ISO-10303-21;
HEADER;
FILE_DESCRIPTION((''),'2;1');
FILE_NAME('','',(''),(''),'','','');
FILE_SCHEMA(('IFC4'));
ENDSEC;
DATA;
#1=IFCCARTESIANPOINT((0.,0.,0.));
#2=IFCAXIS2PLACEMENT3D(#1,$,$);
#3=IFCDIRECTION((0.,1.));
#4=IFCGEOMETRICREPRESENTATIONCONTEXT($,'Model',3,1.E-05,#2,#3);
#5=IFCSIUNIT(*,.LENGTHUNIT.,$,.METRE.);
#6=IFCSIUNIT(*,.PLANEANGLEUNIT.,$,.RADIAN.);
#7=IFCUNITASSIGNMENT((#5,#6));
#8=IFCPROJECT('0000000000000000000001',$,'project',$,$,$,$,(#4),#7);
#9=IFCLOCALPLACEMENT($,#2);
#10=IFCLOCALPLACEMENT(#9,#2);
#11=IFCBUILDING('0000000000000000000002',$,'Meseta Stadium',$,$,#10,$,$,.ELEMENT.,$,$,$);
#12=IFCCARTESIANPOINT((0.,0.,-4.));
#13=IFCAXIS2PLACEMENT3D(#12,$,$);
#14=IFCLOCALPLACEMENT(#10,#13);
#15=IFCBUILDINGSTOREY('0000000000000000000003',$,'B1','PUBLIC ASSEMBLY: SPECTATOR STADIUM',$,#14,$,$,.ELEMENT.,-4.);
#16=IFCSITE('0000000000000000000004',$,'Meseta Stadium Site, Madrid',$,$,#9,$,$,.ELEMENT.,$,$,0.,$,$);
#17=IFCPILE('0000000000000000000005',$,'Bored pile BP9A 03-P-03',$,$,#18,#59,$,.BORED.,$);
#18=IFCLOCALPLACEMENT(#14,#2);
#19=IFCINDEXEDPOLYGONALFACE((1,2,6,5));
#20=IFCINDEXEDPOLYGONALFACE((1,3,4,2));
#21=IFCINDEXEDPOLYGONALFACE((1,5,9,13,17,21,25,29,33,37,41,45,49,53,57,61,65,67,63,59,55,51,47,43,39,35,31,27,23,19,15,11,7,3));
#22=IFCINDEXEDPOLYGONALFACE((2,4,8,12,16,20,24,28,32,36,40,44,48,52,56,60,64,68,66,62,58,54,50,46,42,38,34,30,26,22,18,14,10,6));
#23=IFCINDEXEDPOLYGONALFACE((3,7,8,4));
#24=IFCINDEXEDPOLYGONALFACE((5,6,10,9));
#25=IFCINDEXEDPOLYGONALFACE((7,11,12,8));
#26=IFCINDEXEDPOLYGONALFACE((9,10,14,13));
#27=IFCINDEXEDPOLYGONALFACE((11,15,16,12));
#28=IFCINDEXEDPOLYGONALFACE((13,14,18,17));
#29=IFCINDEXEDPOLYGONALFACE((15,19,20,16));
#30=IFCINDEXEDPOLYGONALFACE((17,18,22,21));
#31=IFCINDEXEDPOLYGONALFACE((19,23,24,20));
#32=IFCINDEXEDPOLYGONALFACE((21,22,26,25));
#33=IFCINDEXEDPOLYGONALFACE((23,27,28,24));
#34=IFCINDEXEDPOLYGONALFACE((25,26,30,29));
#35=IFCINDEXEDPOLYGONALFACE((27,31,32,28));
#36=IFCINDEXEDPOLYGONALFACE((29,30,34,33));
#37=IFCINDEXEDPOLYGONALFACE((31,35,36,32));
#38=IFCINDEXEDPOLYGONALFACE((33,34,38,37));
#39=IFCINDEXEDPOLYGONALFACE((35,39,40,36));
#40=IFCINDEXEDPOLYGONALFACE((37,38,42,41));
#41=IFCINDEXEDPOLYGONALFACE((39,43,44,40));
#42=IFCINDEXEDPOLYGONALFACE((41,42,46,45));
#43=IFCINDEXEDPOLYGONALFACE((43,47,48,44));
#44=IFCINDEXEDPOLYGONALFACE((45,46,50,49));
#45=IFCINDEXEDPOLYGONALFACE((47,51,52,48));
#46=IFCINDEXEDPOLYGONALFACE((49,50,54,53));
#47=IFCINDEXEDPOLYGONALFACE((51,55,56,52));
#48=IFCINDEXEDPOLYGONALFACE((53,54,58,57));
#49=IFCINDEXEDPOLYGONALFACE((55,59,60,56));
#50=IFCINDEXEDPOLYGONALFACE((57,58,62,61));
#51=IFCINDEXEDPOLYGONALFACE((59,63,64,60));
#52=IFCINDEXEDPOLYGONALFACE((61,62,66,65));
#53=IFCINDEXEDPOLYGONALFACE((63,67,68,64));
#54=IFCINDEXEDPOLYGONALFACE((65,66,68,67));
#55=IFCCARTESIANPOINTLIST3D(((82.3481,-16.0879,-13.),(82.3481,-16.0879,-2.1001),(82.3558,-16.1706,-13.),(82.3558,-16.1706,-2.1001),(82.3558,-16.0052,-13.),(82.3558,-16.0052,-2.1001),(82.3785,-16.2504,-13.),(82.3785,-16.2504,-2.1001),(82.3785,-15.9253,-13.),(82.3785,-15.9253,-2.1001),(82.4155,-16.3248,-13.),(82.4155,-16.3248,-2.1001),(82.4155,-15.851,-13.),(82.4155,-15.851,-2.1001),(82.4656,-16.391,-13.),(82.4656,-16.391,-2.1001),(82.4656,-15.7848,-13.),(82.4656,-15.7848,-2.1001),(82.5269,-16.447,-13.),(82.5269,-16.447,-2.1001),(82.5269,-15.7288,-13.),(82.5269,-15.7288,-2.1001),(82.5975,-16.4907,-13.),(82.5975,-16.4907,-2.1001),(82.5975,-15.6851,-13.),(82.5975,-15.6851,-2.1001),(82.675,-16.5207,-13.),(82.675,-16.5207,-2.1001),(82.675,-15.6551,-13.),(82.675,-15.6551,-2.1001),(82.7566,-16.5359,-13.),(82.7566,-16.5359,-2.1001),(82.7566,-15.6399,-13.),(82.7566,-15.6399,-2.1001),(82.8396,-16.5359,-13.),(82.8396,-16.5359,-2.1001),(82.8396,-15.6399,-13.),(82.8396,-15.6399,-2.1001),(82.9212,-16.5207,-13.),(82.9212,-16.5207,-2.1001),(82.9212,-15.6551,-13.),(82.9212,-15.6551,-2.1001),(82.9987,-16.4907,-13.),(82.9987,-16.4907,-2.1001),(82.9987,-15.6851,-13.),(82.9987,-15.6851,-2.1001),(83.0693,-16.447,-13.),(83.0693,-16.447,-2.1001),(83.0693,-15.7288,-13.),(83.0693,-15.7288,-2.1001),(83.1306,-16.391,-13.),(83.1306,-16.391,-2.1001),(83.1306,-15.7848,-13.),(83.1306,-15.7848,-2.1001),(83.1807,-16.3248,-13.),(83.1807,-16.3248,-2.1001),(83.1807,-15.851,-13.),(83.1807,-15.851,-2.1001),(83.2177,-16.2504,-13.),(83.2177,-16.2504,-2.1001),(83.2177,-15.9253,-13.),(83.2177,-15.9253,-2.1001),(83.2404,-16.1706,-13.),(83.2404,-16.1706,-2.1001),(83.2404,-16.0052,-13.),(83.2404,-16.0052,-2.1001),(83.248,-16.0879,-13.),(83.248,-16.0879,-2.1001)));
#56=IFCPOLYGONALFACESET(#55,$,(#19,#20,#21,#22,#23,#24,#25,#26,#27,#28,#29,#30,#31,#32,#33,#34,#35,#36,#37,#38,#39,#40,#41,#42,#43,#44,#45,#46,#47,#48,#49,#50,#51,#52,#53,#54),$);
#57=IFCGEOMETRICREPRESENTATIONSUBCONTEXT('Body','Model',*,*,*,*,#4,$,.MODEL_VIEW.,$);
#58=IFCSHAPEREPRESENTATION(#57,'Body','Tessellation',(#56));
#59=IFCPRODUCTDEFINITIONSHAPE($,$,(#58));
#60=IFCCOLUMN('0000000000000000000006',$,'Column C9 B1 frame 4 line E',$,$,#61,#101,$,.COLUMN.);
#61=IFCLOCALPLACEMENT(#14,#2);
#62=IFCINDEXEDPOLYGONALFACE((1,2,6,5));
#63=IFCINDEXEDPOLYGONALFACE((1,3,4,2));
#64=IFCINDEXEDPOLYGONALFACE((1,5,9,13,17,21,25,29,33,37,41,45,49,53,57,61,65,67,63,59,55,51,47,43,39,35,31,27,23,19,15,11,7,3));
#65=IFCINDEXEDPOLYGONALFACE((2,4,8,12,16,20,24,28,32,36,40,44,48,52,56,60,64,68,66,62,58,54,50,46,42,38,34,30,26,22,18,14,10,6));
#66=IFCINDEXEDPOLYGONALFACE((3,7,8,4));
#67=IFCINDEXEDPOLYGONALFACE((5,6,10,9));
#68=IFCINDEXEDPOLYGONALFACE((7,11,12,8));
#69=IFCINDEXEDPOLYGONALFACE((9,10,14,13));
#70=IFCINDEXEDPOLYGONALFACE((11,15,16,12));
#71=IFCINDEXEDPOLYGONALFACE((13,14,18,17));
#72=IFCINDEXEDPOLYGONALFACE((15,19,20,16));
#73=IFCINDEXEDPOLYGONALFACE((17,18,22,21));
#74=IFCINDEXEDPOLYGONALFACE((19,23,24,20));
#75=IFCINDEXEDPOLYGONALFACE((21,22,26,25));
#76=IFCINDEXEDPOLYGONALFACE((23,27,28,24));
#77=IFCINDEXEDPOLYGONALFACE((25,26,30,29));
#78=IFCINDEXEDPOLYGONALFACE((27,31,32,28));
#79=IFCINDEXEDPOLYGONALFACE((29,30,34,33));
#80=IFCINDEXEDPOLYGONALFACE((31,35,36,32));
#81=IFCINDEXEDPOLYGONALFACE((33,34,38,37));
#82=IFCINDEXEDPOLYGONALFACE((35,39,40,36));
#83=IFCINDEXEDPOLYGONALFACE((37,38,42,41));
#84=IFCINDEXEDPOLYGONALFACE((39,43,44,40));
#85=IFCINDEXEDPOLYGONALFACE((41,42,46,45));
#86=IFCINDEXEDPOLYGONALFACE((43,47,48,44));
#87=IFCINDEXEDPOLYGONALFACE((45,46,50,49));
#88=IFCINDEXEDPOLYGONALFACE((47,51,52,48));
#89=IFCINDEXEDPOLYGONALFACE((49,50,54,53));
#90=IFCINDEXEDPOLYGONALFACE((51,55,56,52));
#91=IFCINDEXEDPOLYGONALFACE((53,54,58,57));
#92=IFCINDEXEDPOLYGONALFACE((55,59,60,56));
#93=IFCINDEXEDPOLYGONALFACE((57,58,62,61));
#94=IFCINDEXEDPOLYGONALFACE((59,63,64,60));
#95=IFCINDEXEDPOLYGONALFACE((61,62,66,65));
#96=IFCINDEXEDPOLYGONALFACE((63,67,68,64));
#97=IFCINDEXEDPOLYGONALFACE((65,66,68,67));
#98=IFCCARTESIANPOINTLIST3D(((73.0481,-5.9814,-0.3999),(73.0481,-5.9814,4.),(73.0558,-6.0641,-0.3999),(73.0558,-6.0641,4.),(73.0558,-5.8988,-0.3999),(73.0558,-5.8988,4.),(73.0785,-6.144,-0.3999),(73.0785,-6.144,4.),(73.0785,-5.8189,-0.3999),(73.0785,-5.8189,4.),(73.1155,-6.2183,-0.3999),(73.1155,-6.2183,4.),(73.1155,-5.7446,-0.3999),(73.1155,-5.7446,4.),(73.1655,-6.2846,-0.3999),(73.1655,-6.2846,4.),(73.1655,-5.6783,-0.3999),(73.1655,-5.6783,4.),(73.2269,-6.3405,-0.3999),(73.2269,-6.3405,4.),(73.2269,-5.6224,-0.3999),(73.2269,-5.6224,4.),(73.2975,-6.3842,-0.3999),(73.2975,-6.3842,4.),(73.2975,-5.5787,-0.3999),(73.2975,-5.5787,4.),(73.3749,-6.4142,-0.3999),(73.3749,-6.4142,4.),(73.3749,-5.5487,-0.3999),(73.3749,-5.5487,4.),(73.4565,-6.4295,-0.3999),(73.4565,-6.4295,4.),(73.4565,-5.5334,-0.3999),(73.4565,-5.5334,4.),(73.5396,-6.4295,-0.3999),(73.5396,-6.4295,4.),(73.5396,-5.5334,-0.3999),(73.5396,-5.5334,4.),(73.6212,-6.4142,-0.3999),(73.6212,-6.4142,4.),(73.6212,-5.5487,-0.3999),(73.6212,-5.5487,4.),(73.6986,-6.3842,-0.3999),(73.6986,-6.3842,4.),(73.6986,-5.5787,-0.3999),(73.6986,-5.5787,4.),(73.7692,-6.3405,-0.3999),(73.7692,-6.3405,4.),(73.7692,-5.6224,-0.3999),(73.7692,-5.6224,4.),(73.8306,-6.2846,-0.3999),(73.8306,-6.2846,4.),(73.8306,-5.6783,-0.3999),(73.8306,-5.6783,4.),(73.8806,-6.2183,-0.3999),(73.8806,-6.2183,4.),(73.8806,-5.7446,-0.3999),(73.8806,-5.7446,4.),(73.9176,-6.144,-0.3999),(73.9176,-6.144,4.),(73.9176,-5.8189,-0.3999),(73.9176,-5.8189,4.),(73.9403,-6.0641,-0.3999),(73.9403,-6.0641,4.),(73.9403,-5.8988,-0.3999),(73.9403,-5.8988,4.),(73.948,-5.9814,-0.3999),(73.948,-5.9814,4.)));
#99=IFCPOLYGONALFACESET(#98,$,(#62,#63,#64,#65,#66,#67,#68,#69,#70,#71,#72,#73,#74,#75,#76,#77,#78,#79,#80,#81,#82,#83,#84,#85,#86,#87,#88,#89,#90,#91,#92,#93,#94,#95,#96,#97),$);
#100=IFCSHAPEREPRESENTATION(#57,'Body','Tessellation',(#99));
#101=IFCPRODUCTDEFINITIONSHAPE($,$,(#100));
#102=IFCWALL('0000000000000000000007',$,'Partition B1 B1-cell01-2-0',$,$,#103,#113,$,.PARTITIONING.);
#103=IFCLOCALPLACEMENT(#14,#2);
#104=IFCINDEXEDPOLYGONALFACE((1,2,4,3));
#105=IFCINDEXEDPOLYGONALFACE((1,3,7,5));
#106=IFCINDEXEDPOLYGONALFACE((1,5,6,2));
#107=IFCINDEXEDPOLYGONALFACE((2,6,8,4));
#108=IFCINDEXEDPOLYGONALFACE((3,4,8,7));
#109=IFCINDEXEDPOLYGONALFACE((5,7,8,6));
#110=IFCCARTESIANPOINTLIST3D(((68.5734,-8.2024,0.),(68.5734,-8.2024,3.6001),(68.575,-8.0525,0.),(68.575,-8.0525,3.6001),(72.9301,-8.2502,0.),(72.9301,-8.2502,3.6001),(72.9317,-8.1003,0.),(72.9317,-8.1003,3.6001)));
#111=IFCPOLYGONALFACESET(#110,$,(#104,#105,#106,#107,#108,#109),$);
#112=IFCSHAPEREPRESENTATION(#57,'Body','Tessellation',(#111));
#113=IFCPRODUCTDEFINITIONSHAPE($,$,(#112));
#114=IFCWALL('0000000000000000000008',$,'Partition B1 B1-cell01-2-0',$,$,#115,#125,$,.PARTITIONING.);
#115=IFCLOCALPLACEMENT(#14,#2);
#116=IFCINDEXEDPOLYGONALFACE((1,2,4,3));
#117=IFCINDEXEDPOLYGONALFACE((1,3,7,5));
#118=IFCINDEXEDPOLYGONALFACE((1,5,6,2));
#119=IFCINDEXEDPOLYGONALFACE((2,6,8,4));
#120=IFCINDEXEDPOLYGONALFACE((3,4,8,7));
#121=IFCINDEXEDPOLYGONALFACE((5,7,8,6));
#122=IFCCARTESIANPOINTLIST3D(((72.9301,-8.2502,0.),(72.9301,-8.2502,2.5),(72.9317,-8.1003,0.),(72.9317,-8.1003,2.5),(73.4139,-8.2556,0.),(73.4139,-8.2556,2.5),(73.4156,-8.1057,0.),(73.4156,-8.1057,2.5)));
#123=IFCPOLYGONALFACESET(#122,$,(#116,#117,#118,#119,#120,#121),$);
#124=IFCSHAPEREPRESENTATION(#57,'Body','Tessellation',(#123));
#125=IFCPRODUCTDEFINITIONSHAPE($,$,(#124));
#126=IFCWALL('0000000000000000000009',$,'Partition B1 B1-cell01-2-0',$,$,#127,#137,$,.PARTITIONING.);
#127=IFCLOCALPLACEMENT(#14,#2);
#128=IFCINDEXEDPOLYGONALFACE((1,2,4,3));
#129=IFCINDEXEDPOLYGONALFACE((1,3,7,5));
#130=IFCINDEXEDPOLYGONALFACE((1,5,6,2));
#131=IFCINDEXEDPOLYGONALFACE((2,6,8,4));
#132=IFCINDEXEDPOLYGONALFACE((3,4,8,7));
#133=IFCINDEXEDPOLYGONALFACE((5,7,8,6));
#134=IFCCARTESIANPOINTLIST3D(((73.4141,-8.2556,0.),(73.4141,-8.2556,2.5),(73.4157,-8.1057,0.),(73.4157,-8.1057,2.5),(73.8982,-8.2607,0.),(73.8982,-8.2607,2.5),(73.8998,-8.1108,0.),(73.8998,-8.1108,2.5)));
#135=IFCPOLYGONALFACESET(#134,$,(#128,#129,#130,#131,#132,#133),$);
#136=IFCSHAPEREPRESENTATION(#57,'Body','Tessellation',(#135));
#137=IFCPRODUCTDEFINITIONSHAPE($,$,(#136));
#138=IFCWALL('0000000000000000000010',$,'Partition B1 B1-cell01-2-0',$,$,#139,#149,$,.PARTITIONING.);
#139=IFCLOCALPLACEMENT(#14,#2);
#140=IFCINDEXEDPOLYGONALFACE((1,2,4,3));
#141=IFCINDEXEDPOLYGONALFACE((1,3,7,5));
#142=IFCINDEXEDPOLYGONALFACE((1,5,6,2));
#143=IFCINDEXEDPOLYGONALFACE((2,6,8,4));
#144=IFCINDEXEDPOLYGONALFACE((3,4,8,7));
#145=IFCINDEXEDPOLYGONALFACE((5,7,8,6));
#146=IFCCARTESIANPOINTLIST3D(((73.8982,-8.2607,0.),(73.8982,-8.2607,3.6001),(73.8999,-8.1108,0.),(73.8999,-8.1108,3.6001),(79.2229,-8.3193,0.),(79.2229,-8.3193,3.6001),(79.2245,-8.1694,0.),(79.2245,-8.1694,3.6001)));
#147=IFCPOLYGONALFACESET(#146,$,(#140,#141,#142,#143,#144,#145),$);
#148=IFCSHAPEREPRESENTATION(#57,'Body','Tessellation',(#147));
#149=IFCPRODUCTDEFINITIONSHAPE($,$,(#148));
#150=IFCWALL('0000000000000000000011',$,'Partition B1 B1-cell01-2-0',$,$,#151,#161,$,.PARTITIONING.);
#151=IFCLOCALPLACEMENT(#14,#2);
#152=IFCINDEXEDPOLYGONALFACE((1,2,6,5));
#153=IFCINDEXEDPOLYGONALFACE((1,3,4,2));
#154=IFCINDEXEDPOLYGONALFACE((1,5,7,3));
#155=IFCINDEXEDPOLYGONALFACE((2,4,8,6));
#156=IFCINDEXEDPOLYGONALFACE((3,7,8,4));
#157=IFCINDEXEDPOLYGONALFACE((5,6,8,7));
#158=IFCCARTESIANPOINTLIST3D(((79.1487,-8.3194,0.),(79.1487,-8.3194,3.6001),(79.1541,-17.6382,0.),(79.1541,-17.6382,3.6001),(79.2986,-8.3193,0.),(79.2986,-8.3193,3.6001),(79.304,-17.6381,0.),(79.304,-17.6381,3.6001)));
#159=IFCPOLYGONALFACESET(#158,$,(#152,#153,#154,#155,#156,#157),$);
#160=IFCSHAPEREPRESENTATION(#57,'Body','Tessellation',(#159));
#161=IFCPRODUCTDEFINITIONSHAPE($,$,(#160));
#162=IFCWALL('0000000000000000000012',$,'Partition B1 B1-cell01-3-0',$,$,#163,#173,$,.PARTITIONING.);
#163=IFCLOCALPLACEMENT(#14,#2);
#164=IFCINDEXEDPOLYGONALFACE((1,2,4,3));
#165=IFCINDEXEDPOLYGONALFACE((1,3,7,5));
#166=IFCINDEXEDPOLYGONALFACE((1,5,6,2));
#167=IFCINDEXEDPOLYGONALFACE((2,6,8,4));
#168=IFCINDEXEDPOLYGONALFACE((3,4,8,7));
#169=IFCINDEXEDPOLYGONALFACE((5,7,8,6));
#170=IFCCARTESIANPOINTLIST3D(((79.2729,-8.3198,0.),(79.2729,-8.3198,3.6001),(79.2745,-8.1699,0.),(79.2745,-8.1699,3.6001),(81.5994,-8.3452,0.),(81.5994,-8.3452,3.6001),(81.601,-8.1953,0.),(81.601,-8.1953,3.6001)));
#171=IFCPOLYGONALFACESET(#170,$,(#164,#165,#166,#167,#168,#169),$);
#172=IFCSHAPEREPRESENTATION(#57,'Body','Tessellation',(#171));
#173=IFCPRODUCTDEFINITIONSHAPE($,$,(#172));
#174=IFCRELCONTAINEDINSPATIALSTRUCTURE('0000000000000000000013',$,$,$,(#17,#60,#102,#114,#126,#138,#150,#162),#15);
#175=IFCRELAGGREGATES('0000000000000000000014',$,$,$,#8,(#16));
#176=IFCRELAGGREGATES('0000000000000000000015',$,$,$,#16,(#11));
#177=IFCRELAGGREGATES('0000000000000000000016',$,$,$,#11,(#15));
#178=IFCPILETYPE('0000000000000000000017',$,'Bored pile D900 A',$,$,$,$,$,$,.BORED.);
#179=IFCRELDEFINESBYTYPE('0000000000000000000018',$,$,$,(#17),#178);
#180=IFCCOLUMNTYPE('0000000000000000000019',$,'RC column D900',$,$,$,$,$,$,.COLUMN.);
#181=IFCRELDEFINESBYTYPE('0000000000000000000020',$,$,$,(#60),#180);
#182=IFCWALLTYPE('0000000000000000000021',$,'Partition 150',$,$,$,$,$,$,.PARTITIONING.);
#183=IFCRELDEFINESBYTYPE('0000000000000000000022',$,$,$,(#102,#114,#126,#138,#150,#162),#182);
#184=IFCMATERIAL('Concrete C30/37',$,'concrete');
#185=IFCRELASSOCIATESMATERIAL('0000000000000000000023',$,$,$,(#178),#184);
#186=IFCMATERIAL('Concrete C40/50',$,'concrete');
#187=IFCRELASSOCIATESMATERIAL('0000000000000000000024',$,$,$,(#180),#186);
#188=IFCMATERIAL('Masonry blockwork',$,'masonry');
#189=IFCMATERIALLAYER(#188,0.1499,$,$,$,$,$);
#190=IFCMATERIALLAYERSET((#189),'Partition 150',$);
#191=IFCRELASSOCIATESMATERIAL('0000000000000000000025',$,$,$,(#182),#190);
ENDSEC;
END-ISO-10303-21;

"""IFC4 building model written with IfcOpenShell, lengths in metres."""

from ifc_helpers import new_model, si_unit, direction, frame, frame_2d, origin, origin_2d, place, context, subcontext, project, spatial, rectangle, circle, extrude, material, layer, layer_set, material_profile, profile_set, type_object, element, save


model = new_model("IFC4")

# Units and contexts
model_context = context("Model", 3, precision=1e-05, world=origin(), true_north=direction((0.0, 1.0)))
body_context = subcontext(model_context, "Body", "Model", "MODEL_VIEW")
ifc_project = project(units=[si_unit("LENGTHUNIT", "METRE"), si_unit("PLANEANGLEUNIT", "RADIAN")], contexts=[model_context])

# Site, building, storey
site_placement = place(None, origin())
site = spatial("IfcSite", under=ifc_project, at=site_placement, Name="Meseta Stadium Site, Madrid", CompositionType="ELEMENT", RefElevation=0.0)
building_placement = place(site_placement, origin())
building = spatial("IfcBuilding", under=site, at=building_placement, Name="Meseta Stadium", CompositionType="ELEMENT")
storey_placement = place(building_placement, frame((0.0, 0.0, -4.0)))
storey = spatial("IfcBuildingStorey", under=building, at=storey_placement, Name="B1", Description="PUBLIC ASSEMBLY: SPECTATOR STADIUM", CompositionType="ELEMENT", Elevation=-4.0)

# Pile
ifc_material_1 = material(Name="Concrete C30/37", Category="concrete")
ifc_material_profile_1 = material_profile(ifc_material_1, circle(Radius=0.45, at=origin_2d()), Name="D900")
ifc_profile_set_1 = profile_set([ifc_material_profile_1], Name="Concrete C30/37")
pile_type = type_object("IfcPileType", Name="Bored pile D900 A", PredefinedType="BORED", material=ifc_profile_set_1)
pile_placement = place(storey_placement, frame((82.7981, -16.0879, -2.1001), z_axis=(0.0, 0.0, -1.0), x_axis=(1.0, 0.0, 0.0)))
element("IfcPile", 1, at=pile_placement, inside=storey, type_object=pile_type, Name="Bored pile BP9A 03-P-03", PredefinedType="BORED", context=body_context, shape_type="SweptSolid", body=[
    extrude(circle(Radius=0.45, at=origin_2d()), origin(), (0.0, 0.0, 1.0), 10.8999),
])

# Column
ifc_material_2 = material(Name="Concrete C40/50", Category="concrete")
ifc_material_profile_2 = material_profile(ifc_material_2, circle(Radius=0.45, at=origin_2d()), Name="RC D900")
ifc_profile_set_2 = profile_set([ifc_material_profile_2], Name="Concrete C40/50")
column_type = type_object("IfcColumnType", Name="RC column D900", PredefinedType="COLUMN", material=ifc_profile_set_2)
column_placement = place(storey_placement, frame((73.498, -5.9814, -0.3999), z_axis=(0.0, 0.0, 1.0), x_axis=(1.0, 0.0, 0.0)))
element("IfcColumn", 2, at=column_placement, inside=storey, type_object=column_type, Name="Column C9 B1 frame 4 line E", PredefinedType="COLUMN", context=body_context, shape_type="SweptSolid", body=[
    extrude(circle(Radius=0.45, at=origin_2d()), origin(), (0.0, 0.0, 1.0), 4.3999),
])

# Walls
ifc_material_3 = material(Name="Masonry blockwork", Category="masonry")
ifc_layer = layer(ifc_material_3, 0.1499)
ifc_layer_set = layer_set([ifc_layer], Name="Partition 150")
wall_type = type_object("IfcWallType", Name="Partition 150", PredefinedType="PARTITIONING", material=ifc_layer_set)
wall_1_placement = place(storey_placement, frame((68.5742, -8.1274, 0.0), z_axis=(0.0, 0.0, 1.0), x_axis=(0.99994, -0.010983, 0.0)))
element("IfcWall", 3, at=wall_1_placement, inside=storey, type_object=wall_type, Name="Partition B1 B1-cell01-2-0", PredefinedType="PARTITIONING", context=body_context, shape_type="SweptSolid", body=[
    extrude(rectangle(XDim=4.3569, YDim=0.1499, at=frame_2d((2.1785, 0.0))), origin(), (0.0, 0.0, 1.0), 3.6001),
])
wall_2_placement = place(storey_placement, frame((72.9309, -8.1753, 0.0), z_axis=(0.0, 0.0, 1.0), x_axis=(0.999938, -0.011099, 0.0)))
element("IfcWall", 4, at=wall_2_placement, inside=storey, type_object=wall_type, Name="Partition B1 B1-cell01-2-0", PredefinedType="PARTITIONING", context=body_context, shape_type="SweptSolid", body=[
    extrude(rectangle(XDim=0.4839, YDim=0.1499, at=frame_2d((0.2419, 0.0))), origin(), (0.0, 0.0, 1.0), 2.5),
])
wall_3_placement = place(storey_placement, frame((73.4148, -8.1807, 0.0), z_axis=(0.0, 0.0, 1.0), x_axis=(0.999944, -0.010589, 0.0)))
element("IfcWall", 5, at=wall_3_placement, inside=storey, type_object=wall_type, Name="Partition B1 B1-cell01-2-0", PredefinedType="PARTITIONING", context=body_context, shape_type="SweptSolid", body=[
    extrude(rectangle(XDim=0.4841, YDim=0.1499, at=frame_2d((0.2422, 0.0))), origin(), (0.0, 0.0, 1.0), 2.5),
])
wall_4_placement = place(storey_placement, frame((73.8989, -8.1858, 0.0), z_axis=(0.0, 0.0, 1.0), x_axis=(0.999939, -0.011003, 0.0)))
element("IfcWall", 6, at=wall_4_placement, inside=storey, type_object=wall_type, Name="Partition B1 B1-cell01-2-0", PredefinedType="PARTITIONING", context=body_context, shape_type="SweptSolid", body=[
    extrude(rectangle(XDim=5.325, YDim=0.1499, at=frame_2d((2.6626, 0.0))), origin(), (0.0, 0.0, 1.0), 3.6001),
])
wall_5_placement = place(storey_placement, frame((79.2236, -8.3193, 0.0), z_axis=(0.0, 0.0, 1.0), x_axis=(0.000576, -1.0, 0.0)))
element("IfcWall", 7, at=wall_5_placement, inside=storey, type_object=wall_type, Name="Partition B1 B1-cell01-2-0", PredefinedType="PARTITIONING", context=body_context, shape_type="SweptSolid", body=[
    extrude(rectangle(XDim=9.3188, YDim=0.1499, at=frame_2d((4.6594, 0.0))), origin(), (0.0, 0.0, 1.0), 3.6001),
])
wall_6_placement = place(storey_placement, frame((79.2737, -8.2449, 0.0), z_axis=(0.0, 0.0, 1.0), x_axis=(0.99994, -0.010913, 0.0)))
element("IfcWall", 8, at=wall_6_placement, inside=storey, type_object=wall_type, Name="Partition B1 B1-cell01-3-0", PredefinedType="PARTITIONING", context=body_context, shape_type="SweptSolid", body=[
    extrude(rectangle(XDim=2.3267, YDim=0.1499, at=frame_2d((1.1633, 0.0))), origin(), (0.0, 0.0, 1.0), 3.6001),
])

save(model, "model.ifc")
